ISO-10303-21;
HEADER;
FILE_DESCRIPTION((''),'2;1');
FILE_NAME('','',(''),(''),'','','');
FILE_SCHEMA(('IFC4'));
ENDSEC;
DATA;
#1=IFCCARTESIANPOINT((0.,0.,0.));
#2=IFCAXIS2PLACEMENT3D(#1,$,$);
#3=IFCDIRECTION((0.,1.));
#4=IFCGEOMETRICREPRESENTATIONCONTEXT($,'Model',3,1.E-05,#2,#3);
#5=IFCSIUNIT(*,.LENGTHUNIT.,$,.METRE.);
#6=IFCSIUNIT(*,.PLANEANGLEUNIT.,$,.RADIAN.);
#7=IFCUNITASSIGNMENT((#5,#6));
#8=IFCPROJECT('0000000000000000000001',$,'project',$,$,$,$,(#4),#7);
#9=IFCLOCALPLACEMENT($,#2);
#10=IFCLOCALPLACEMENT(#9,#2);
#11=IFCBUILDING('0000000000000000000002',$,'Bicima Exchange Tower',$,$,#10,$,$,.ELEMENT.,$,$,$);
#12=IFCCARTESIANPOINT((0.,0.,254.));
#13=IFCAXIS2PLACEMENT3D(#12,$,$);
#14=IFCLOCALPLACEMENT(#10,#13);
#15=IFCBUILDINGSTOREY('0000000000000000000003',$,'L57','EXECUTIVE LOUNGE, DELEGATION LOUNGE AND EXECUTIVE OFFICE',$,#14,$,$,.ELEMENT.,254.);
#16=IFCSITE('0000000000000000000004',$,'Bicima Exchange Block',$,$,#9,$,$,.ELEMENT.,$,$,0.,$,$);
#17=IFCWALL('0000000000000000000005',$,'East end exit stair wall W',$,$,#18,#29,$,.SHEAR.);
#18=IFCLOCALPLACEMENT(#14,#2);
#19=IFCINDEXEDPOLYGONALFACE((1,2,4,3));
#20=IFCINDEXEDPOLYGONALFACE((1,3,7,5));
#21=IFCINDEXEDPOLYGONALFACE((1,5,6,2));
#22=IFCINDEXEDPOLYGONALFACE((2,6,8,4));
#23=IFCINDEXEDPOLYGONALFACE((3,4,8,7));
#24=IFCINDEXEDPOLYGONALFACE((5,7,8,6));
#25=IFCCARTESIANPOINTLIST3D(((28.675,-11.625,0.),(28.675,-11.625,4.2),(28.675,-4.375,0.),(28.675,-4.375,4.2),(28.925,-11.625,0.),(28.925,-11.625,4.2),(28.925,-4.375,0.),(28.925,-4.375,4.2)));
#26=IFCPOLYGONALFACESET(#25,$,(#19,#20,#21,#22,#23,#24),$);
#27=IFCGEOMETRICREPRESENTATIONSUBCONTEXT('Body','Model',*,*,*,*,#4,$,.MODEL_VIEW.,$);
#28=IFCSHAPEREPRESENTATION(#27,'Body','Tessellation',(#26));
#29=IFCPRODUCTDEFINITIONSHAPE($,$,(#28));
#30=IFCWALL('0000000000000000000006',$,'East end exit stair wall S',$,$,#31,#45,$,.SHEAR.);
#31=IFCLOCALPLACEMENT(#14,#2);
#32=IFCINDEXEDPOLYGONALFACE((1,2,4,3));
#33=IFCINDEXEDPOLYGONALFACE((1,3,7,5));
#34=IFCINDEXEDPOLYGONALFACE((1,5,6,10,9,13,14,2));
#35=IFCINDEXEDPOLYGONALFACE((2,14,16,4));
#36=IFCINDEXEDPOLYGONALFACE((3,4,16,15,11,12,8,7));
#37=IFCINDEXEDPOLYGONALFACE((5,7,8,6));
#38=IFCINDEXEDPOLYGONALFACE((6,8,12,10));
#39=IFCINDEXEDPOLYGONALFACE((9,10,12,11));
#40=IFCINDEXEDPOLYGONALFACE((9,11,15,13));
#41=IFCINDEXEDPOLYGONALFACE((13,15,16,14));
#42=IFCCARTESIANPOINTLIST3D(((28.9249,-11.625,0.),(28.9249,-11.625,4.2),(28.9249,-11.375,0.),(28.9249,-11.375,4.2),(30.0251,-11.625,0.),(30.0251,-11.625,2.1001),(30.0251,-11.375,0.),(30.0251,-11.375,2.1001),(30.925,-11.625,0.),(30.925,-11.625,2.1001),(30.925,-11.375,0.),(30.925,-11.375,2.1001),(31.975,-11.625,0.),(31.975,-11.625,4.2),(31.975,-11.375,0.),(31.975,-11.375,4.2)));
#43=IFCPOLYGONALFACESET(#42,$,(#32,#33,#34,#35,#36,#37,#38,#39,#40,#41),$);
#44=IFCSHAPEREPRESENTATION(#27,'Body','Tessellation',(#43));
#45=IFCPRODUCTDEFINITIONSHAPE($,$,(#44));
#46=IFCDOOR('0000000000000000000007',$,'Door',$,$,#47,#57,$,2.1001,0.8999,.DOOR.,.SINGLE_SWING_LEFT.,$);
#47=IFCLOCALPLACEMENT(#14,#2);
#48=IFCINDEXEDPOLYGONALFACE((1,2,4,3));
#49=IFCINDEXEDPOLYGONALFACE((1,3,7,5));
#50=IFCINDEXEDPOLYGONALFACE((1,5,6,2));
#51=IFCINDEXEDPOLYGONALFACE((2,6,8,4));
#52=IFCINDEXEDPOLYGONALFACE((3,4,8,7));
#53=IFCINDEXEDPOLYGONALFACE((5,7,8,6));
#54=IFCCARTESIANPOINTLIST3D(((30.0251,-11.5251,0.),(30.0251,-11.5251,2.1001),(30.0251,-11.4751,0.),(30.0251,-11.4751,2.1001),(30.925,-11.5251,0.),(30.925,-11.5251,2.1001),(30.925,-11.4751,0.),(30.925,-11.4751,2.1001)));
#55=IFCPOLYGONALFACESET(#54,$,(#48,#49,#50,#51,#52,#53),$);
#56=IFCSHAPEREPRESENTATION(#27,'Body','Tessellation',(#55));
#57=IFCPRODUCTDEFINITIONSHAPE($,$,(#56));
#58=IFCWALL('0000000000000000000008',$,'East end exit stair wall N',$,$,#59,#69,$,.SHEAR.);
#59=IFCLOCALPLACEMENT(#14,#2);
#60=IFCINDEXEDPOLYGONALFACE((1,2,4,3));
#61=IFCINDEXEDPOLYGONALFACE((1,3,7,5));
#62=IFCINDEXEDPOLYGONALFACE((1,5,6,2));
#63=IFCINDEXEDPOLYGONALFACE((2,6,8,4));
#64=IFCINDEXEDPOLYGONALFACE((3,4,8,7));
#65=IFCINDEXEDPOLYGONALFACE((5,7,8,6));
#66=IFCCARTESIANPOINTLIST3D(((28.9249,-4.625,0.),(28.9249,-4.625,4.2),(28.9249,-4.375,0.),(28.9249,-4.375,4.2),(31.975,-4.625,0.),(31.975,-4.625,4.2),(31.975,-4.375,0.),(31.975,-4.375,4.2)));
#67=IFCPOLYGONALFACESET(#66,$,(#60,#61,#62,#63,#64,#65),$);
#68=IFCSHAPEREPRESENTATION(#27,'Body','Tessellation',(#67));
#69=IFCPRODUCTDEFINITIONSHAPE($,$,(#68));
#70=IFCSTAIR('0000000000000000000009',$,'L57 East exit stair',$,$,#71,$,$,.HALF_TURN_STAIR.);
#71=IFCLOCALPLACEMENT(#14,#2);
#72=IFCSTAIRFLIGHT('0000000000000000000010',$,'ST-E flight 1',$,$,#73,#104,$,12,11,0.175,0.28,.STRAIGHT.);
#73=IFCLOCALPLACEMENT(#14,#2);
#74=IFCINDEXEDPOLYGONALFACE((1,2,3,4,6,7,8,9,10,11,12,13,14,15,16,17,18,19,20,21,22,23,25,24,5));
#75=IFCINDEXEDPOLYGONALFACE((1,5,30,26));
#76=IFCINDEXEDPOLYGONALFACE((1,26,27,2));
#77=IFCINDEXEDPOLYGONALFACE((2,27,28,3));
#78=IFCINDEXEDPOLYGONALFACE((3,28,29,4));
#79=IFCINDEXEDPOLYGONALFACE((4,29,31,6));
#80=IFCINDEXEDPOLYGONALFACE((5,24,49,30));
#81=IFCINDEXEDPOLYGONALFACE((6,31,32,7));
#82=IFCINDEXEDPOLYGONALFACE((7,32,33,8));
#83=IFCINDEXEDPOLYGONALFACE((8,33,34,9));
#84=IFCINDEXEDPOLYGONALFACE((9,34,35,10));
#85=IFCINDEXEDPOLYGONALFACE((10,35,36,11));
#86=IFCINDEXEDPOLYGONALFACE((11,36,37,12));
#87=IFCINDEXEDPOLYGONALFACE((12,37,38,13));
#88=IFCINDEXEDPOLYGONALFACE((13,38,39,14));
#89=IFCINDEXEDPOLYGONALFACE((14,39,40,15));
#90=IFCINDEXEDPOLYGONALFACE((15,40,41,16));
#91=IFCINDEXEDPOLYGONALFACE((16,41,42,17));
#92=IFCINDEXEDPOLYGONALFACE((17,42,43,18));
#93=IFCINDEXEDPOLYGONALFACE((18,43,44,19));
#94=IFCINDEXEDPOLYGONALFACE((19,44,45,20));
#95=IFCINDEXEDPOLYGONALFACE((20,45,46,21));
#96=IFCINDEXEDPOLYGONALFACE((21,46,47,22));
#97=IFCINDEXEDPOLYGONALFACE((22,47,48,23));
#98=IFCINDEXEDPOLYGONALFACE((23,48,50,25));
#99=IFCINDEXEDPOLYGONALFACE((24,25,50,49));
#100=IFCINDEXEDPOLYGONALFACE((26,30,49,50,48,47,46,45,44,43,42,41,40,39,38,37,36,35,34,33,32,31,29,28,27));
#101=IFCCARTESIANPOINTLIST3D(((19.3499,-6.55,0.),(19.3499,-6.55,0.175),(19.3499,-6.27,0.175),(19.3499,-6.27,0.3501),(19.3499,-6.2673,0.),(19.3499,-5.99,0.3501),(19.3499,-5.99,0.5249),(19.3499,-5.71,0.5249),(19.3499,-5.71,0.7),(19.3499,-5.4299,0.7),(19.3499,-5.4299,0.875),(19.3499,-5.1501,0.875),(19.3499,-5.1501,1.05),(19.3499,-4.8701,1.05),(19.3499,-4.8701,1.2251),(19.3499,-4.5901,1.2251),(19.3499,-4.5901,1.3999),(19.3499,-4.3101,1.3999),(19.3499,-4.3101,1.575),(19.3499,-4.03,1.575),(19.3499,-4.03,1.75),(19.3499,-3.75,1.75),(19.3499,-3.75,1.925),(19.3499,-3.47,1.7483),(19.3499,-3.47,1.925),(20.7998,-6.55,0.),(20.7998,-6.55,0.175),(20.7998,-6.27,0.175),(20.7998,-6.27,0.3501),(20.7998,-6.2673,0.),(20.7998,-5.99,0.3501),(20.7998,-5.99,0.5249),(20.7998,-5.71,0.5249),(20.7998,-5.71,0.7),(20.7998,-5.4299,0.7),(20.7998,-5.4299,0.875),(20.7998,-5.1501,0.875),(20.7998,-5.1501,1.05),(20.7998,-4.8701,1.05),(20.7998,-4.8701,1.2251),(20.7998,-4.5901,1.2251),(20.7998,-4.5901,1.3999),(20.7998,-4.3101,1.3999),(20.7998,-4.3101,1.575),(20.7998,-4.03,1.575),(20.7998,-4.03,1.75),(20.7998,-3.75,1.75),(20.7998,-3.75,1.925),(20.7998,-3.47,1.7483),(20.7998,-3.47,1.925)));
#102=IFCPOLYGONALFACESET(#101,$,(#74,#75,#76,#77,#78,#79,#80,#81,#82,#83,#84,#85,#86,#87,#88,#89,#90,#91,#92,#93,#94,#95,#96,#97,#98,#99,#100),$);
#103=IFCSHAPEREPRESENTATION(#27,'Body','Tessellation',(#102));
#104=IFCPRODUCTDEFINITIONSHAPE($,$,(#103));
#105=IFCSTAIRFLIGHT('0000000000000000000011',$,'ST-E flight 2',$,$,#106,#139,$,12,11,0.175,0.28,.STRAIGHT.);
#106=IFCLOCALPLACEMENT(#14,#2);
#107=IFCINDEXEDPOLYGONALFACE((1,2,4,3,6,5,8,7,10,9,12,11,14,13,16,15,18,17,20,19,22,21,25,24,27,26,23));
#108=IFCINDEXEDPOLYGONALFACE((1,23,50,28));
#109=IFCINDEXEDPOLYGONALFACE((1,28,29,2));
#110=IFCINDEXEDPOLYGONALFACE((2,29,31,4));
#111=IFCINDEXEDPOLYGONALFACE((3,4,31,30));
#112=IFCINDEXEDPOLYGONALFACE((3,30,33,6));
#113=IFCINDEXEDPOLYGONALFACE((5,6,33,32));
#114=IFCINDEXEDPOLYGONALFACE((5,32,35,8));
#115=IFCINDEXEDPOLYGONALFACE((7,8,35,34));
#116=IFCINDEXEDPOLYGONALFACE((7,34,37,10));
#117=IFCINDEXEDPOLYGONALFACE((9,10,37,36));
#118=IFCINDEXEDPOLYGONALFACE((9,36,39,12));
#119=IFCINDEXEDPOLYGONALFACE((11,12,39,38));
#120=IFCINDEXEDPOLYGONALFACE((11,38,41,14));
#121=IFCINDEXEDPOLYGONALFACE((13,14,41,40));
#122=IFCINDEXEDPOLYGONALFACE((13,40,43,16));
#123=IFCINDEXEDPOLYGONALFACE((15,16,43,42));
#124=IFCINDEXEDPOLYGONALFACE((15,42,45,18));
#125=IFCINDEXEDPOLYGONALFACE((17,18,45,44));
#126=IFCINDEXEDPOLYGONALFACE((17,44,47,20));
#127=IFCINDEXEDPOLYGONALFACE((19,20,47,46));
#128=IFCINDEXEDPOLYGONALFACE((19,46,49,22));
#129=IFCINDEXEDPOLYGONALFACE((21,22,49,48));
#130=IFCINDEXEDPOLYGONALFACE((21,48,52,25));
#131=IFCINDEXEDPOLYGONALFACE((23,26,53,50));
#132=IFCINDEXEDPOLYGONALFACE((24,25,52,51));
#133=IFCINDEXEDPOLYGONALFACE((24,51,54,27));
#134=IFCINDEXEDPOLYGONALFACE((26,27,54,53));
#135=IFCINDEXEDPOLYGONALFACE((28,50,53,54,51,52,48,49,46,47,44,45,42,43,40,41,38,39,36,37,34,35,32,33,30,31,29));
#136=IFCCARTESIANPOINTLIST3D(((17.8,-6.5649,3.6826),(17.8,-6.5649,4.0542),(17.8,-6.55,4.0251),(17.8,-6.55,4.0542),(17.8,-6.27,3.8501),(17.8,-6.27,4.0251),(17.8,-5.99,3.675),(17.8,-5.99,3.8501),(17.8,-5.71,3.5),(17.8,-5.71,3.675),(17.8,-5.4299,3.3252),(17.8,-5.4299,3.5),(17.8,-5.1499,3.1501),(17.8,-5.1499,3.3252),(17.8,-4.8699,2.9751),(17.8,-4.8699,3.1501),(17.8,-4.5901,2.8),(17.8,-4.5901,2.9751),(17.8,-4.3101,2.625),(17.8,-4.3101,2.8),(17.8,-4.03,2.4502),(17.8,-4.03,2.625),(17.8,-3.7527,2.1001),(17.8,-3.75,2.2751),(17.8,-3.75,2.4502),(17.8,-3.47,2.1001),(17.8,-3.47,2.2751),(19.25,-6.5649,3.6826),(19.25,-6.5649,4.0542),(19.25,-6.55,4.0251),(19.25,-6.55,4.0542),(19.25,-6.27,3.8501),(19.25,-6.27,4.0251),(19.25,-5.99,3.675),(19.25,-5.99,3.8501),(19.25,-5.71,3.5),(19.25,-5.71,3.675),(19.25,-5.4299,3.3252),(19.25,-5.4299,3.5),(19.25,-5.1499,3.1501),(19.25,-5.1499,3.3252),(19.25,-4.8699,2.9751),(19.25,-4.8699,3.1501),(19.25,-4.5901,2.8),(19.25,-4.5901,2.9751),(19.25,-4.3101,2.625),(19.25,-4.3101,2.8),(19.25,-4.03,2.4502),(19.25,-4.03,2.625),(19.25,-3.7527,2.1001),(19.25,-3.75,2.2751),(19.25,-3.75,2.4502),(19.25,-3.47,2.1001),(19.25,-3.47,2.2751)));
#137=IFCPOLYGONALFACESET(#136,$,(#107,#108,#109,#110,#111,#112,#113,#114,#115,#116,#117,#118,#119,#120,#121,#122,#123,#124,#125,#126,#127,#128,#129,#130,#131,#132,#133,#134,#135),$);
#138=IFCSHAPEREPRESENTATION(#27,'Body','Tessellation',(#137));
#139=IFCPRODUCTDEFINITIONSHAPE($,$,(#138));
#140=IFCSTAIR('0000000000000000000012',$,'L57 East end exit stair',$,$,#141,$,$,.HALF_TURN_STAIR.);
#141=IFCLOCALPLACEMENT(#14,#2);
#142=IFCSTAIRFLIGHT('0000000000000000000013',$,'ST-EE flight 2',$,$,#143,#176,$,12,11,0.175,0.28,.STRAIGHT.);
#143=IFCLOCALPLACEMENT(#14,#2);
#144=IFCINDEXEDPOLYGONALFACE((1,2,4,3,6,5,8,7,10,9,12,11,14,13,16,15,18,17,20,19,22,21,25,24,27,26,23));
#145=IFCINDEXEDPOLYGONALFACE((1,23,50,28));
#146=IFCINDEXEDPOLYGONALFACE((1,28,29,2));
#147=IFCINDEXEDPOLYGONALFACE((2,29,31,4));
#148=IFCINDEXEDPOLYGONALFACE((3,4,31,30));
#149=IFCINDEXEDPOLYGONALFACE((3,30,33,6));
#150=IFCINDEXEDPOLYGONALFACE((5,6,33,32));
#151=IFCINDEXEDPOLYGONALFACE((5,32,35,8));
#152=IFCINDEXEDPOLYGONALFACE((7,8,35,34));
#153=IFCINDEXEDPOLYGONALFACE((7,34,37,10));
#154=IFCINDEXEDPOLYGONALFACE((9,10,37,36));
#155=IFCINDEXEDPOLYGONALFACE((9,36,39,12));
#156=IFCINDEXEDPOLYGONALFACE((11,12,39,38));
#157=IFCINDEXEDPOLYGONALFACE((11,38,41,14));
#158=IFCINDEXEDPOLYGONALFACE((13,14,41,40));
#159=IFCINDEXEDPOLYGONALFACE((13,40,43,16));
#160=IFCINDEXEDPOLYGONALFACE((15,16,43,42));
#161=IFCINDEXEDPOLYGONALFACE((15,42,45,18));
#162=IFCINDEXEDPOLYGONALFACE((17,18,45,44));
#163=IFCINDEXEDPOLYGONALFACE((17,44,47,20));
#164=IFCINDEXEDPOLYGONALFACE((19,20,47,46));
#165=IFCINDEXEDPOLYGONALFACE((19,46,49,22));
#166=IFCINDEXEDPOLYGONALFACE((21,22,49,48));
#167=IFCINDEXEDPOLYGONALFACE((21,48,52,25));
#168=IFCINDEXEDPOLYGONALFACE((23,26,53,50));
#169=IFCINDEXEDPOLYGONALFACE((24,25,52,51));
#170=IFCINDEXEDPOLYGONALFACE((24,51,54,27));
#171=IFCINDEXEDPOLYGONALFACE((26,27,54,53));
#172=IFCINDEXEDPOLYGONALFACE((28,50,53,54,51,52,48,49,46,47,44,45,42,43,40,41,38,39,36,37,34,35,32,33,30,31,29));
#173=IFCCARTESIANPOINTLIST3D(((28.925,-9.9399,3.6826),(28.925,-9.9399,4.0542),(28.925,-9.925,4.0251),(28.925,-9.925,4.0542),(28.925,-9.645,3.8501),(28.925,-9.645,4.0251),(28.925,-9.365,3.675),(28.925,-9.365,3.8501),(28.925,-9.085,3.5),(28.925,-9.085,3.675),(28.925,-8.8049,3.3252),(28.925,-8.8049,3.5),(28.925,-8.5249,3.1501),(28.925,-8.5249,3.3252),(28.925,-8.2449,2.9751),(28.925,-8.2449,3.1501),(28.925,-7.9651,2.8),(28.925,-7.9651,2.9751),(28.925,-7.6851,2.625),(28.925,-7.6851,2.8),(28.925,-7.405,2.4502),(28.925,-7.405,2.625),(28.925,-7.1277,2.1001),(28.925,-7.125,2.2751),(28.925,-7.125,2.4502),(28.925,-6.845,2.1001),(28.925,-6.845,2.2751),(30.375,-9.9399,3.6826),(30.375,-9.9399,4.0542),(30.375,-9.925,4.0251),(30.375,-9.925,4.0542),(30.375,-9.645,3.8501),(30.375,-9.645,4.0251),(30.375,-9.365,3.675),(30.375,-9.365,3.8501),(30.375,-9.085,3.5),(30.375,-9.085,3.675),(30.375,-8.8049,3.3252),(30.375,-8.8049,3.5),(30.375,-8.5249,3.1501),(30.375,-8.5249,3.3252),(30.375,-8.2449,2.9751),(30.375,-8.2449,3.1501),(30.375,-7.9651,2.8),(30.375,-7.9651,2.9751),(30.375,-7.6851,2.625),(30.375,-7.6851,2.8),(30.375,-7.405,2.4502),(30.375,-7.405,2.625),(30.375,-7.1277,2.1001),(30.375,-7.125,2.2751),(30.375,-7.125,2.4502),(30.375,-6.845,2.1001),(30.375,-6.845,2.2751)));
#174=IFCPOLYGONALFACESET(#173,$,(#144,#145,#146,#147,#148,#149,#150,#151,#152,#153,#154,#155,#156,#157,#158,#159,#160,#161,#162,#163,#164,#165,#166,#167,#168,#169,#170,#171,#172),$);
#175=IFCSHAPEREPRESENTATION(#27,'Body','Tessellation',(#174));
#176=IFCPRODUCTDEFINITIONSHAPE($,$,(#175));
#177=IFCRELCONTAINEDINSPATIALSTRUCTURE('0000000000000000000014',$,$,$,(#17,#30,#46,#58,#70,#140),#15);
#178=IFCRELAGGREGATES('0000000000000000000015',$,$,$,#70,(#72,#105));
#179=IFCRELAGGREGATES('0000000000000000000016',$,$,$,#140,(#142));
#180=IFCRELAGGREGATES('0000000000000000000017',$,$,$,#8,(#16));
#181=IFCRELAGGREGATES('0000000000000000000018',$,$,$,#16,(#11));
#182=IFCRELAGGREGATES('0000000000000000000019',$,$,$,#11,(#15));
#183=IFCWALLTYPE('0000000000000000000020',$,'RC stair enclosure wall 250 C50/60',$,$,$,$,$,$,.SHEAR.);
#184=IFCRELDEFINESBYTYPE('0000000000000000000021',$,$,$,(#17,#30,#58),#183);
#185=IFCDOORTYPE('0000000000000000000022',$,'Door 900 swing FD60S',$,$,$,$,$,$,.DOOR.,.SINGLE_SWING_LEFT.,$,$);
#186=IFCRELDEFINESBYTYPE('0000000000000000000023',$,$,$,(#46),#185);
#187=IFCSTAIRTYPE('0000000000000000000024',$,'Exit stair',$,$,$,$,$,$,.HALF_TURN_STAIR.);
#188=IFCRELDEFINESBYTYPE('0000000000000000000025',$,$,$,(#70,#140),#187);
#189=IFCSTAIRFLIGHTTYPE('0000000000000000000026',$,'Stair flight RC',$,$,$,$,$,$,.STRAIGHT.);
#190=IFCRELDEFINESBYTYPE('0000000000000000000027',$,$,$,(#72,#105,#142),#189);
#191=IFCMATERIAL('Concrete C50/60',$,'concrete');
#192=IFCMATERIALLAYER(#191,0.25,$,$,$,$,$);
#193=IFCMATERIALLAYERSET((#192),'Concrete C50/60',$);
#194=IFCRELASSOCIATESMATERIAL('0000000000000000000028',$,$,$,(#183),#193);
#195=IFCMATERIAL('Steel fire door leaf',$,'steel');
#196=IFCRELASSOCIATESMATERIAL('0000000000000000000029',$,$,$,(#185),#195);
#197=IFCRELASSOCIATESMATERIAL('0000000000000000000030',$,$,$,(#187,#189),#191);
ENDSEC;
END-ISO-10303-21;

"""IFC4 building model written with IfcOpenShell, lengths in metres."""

from ifc_helpers import new_model, si_unit, direction, frame, frame_2d, origin, place, context, subcontext, project, spatial, polyline, rectangle, outline, extrude, material, layer, layer_set, type_object, element, fill, aggregate, save


model = new_model("IFC4")

# Units and contexts
model_context = context("Model", 3, precision=1e-05, world=origin(), true_north=direction((0.0, 1.0)))
body_context = subcontext(model_context, "Body", "Model", "MODEL_VIEW")
ifc_project = project(units=[si_unit("LENGTHUNIT", "METRE"), si_unit("PLANEANGLEUNIT", "RADIAN")], contexts=[model_context])

# Site, building, storey
site_placement = place(None, origin())
site = spatial("IfcSite", under=ifc_project, at=site_placement, Name="Bicima Exchange Block", CompositionType="ELEMENT", RefElevation=0.0)
building_placement = place(site_placement, origin())
building = spatial("IfcBuilding", under=site, at=building_placement, Name="Bicima Exchange Tower", CompositionType="ELEMENT")
storey_placement = place(building_placement, frame((0.0, 0.0, 254.0)))
storey = spatial("IfcBuildingStorey", under=building, at=storey_placement, Name="L57", Description="EXECUTIVE LOUNGE, DELEGATION LOUNGE AND EXECUTIVE OFFICE", CompositionType="ELEMENT", Elevation=254.0)

# Wall
ifc_material_1 = material(Name="Concrete C50/60", Category="concrete")
ifc_layer_1 = layer(ifc_material_1, 0.25)
ifc_layer_set_1 = layer_set([ifc_layer_1], Name="Concrete C50/60")
wall_type_1 = type_object("IfcWallType", Name="RC stair enclosure wall 250 C50/60", PredefinedType="SHEAR", material=ifc_layer_set_1)
wall_1_placement = place(storey_placement, frame((28.8, -11.625, 0.0), z_axis=(0.0, 0.0, 1.0), x_axis=(0.0, 1.0, 0.0)))
element("IfcWall", 1, at=wall_1_placement, inside=storey, type_object=wall_type_1, Name="East end exit stair wall W", PredefinedType="SHEAR", context=body_context, shape_type="SweptSolid", body=[
    extrude(rectangle(XDim=7.25, YDim=0.25, at=frame_2d((3.625, 0.0))), origin(), (0.0, 0.0, 1.0), 4.2),
])

# Wall, opening, door
wall_2_placement = place(storey_placement, frame((28.925, -11.5, 0.0), z_axis=(0.0, 0.0, 1.0), x_axis=(1.0, 0.0, 0.0)))
wall_2 = element("IfcWall", 2, at=wall_2_placement, inside=storey, type_object=wall_type_1, Name="East end exit stair wall S", PredefinedType="SHEAR", context=body_context, shape_type="SweptSolid", body=[
    extrude(rectangle(XDim=3.05, YDim=0.25, at=frame_2d((1.5249, 0.0))), origin(), (0.0, 0.0, 1.0), 4.2),
])
opening_placement = place(wall_2_placement, frame((1.1001, 0.0, 0.0)))
opening = element("IfcOpeningElement", 3, at=opening_placement, cuts=wall_2, PredefinedType="OPENING", context=body_context, shape_type="SweptSolid", body=[
    extrude(rectangle(XDim=0.8999, YDim=2.1001, at=frame_2d((0.45, 1.05))), frame((0.0, 0.137, 0.0), z_axis=(0.0, -1.0, 0.0), x_axis=(1.0, 0.0, 0.0)), (0.0, 0.0, 1.0), 0.2739),
])
ifc_material_2 = material(Name="Steel fire door leaf", Category="steel")
door_type = type_object("IfcDoorType", Name="Door 900 swing FD60S", OperationType="SINGLE_SWING_LEFT", PredefinedType="DOOR", material=ifc_material_2)
door_placement = place(opening_placement, origin())
door = element("IfcDoor", 4, at=door_placement, inside=storey, type_object=door_type, Name="Door", OperationType="SINGLE_SWING_LEFT", OverallHeight=2.1001, OverallWidth=0.8999, PredefinedType="DOOR", context=body_context, shape_type="SweptSolid", body=[
    extrude(rectangle(XDim=0.8999, YDim=2.1001, at=frame_2d((0.45, 1.05))), frame((0.0, 0.0249, 0.0), z_axis=(0.0, -1.0, 0.0), x_axis=(1.0, 0.0, 0.0)), (0.0, 0.0, 1.0), 0.05),
])
fill(opening, door)

# Wall
wall_3_placement = place(storey_placement, frame((28.925, -4.5, 0.0), z_axis=(0.0, 0.0, 1.0), x_axis=(1.0, 0.0, 0.0)))
element("IfcWall", 5, at=wall_3_placement, inside=storey, type_object=wall_type_1, Name="East end exit stair wall N", PredefinedType="SHEAR", context=body_context, shape_type="SweptSolid", body=[
    extrude(rectangle(XDim=3.05, YDim=0.25, at=frame_2d((1.5249, 0.0))), origin(), (0.0, 0.0, 1.0), 4.2),
])

# Stair, stair flights
stair_type = type_object("IfcStairType", Name="Exit stair", PredefinedType="HALF_TURN_STAIR", material=ifc_material_1)
stair_1_placement = place(storey_placement, origin())
stair_1 = element("IfcStair", 6, at=stair_1_placement, inside=storey, type_object=stair_type, Name="L57 East exit stair", PredefinedType="HALF_TURN_STAIR")
stair_flight_type = type_object("IfcStairFlightType", Name="Stair flight RC", PredefinedType="STRAIGHT", material=ifc_material_1)
stair_flight_1_placement = place(storey_placement, frame((20.075, -6.55, 0.0), z_axis=(0.0, 0.0, 1.0), x_axis=(0.0, 1.0, 0.0)))
stair_flight_1 = element("IfcStairFlight", 7, at=stair_flight_1_placement, type_object=stair_flight_type, Name="ST-E flight 1", NumberOfRisers=12, NumberOfTreads=11, PredefinedType="STRAIGHT", RiserHeight=0.175, TreadLength=0.28, context=body_context, shape_type="SweptSolid", body=[
    extrude(outline(polyline([(0.0, 0.0), (0.0, 0.175), (0.28, 0.175), (0.28, 0.3501), (0.5601, 0.3501), (0.5601, 0.5249), (0.8401, 0.5249), (0.8401, 0.7), (1.1201, 0.7), (1.1201, 0.875), (1.3999, 0.875), (1.3999, 1.05), (1.6799, 1.05), (1.6799, 1.2251), (1.96, 1.2251), (1.96, 1.3999), (2.24, 1.3999), (2.24, 1.575), (2.52, 1.575), (2.52, 1.75), (2.8, 1.75), (2.8, 1.925), (3.0801, 1.925), (3.0801, 2.1001), (3.0801, 1.7483), (0.2827, 0.0), (0.0, 0.0)])), frame((0.0, 0.7251, 0.0), z_axis=(0.0, -1.0, 0.0), x_axis=(1.0, 0.0, 0.0)), (0.0, 0.0, 1.0), 1.45),
])
stair_flight_2_placement = place(storey_placement, frame((18.5249, -3.47, 2.1001), z_axis=(0.0, 0.0, 1.0), x_axis=(0.0, -1.0, 0.0)))
stair_flight_2 = element("IfcStairFlight", 8, at=stair_flight_2_placement, type_object=stair_flight_type, Name="ST-E flight 2", NumberOfRisers=12, NumberOfTreads=11, PredefinedType="STRAIGHT", RiserHeight=0.175, TreadLength=0.28, context=body_context, shape_type="SweptSolid", body=[
    extrude(outline(polyline([(0.0, 0.0), (0.0, 0.175), (0.28, 0.175), (0.28, 0.3501), (0.5601, 0.3501), (0.5601, 0.5249), (0.8401, 0.5249), (0.8401, 0.7), (1.1201, 0.7), (1.1201, 0.875), (1.3999, 0.875), (1.3999, 1.05), (1.6799, 1.05), (1.6799, 1.2251), (1.96, 1.2251), (1.96, 1.3999), (2.24, 1.3999), (2.24, 1.575), (2.52, 1.575), (2.52, 1.75), (2.8, 1.75), (2.8, 1.925), (3.0801, 1.925), (3.0801, 1.9541), (3.095, 1.9541), (3.095, 1.5825), (0.2827, 0.0), (0.0, 0.0)])), frame((0.0, 0.7251, 0.0), z_axis=(0.0, -1.0, 0.0), x_axis=(1.0, 0.0, 0.0)), (0.0, 0.0, 1.0), 1.45),
])
aggregate(stair_1, [stair_flight_1, stair_flight_2])

# Stair, stair flight
stair_2_placement = place(storey_placement, origin())
stair_2 = element("IfcStair", 9, at=stair_2_placement, inside=storey, type_object=stair_type, Name="L57 East end exit stair", PredefinedType="HALF_TURN_STAIR")
stair_flight_3_placement = place(storey_placement, frame((29.6499, -6.845, 2.1001), z_axis=(0.0, 0.0, 1.0), x_axis=(0.0, -1.0, 0.0)))
stair_flight_3 = element("IfcStairFlight", 10, at=stair_flight_3_placement, type_object=stair_flight_type, Name="ST-EE flight 2", NumberOfRisers=12, NumberOfTreads=11, PredefinedType="STRAIGHT", RiserHeight=0.175, TreadLength=0.28, context=body_context, shape_type="SweptSolid", body=[
    extrude(outline(polyline([(0.0, 0.0), (0.0, 0.175), (0.28, 0.175), (0.28, 0.3501), (0.5601, 0.3501), (0.5601, 0.5249), (0.8401, 0.5249), (0.8401, 0.7), (1.1201, 0.7), (1.1201, 0.875), (1.3999, 0.875), (1.3999, 1.05), (1.6799, 1.05), (1.6799, 1.2251), (1.96, 1.2251), (1.96, 1.3999), (2.24, 1.3999), (2.24, 1.575), (2.52, 1.575), (2.52, 1.75), (2.8, 1.75), (2.8, 1.925), (3.0801, 1.925), (3.0801, 1.9541), (3.095, 1.9541), (3.095, 1.5825), (0.2827, 0.0), (0.0, 0.0)])), frame((0.0, 0.7251, 0.0), z_axis=(0.0, -1.0, 0.0), x_axis=(1.0, 0.0, 0.0)), (0.0, 0.0, 1.0), 1.45),
])
aggregate(stair_2, [stair_flight_3])

save(model, "model.ifc")
